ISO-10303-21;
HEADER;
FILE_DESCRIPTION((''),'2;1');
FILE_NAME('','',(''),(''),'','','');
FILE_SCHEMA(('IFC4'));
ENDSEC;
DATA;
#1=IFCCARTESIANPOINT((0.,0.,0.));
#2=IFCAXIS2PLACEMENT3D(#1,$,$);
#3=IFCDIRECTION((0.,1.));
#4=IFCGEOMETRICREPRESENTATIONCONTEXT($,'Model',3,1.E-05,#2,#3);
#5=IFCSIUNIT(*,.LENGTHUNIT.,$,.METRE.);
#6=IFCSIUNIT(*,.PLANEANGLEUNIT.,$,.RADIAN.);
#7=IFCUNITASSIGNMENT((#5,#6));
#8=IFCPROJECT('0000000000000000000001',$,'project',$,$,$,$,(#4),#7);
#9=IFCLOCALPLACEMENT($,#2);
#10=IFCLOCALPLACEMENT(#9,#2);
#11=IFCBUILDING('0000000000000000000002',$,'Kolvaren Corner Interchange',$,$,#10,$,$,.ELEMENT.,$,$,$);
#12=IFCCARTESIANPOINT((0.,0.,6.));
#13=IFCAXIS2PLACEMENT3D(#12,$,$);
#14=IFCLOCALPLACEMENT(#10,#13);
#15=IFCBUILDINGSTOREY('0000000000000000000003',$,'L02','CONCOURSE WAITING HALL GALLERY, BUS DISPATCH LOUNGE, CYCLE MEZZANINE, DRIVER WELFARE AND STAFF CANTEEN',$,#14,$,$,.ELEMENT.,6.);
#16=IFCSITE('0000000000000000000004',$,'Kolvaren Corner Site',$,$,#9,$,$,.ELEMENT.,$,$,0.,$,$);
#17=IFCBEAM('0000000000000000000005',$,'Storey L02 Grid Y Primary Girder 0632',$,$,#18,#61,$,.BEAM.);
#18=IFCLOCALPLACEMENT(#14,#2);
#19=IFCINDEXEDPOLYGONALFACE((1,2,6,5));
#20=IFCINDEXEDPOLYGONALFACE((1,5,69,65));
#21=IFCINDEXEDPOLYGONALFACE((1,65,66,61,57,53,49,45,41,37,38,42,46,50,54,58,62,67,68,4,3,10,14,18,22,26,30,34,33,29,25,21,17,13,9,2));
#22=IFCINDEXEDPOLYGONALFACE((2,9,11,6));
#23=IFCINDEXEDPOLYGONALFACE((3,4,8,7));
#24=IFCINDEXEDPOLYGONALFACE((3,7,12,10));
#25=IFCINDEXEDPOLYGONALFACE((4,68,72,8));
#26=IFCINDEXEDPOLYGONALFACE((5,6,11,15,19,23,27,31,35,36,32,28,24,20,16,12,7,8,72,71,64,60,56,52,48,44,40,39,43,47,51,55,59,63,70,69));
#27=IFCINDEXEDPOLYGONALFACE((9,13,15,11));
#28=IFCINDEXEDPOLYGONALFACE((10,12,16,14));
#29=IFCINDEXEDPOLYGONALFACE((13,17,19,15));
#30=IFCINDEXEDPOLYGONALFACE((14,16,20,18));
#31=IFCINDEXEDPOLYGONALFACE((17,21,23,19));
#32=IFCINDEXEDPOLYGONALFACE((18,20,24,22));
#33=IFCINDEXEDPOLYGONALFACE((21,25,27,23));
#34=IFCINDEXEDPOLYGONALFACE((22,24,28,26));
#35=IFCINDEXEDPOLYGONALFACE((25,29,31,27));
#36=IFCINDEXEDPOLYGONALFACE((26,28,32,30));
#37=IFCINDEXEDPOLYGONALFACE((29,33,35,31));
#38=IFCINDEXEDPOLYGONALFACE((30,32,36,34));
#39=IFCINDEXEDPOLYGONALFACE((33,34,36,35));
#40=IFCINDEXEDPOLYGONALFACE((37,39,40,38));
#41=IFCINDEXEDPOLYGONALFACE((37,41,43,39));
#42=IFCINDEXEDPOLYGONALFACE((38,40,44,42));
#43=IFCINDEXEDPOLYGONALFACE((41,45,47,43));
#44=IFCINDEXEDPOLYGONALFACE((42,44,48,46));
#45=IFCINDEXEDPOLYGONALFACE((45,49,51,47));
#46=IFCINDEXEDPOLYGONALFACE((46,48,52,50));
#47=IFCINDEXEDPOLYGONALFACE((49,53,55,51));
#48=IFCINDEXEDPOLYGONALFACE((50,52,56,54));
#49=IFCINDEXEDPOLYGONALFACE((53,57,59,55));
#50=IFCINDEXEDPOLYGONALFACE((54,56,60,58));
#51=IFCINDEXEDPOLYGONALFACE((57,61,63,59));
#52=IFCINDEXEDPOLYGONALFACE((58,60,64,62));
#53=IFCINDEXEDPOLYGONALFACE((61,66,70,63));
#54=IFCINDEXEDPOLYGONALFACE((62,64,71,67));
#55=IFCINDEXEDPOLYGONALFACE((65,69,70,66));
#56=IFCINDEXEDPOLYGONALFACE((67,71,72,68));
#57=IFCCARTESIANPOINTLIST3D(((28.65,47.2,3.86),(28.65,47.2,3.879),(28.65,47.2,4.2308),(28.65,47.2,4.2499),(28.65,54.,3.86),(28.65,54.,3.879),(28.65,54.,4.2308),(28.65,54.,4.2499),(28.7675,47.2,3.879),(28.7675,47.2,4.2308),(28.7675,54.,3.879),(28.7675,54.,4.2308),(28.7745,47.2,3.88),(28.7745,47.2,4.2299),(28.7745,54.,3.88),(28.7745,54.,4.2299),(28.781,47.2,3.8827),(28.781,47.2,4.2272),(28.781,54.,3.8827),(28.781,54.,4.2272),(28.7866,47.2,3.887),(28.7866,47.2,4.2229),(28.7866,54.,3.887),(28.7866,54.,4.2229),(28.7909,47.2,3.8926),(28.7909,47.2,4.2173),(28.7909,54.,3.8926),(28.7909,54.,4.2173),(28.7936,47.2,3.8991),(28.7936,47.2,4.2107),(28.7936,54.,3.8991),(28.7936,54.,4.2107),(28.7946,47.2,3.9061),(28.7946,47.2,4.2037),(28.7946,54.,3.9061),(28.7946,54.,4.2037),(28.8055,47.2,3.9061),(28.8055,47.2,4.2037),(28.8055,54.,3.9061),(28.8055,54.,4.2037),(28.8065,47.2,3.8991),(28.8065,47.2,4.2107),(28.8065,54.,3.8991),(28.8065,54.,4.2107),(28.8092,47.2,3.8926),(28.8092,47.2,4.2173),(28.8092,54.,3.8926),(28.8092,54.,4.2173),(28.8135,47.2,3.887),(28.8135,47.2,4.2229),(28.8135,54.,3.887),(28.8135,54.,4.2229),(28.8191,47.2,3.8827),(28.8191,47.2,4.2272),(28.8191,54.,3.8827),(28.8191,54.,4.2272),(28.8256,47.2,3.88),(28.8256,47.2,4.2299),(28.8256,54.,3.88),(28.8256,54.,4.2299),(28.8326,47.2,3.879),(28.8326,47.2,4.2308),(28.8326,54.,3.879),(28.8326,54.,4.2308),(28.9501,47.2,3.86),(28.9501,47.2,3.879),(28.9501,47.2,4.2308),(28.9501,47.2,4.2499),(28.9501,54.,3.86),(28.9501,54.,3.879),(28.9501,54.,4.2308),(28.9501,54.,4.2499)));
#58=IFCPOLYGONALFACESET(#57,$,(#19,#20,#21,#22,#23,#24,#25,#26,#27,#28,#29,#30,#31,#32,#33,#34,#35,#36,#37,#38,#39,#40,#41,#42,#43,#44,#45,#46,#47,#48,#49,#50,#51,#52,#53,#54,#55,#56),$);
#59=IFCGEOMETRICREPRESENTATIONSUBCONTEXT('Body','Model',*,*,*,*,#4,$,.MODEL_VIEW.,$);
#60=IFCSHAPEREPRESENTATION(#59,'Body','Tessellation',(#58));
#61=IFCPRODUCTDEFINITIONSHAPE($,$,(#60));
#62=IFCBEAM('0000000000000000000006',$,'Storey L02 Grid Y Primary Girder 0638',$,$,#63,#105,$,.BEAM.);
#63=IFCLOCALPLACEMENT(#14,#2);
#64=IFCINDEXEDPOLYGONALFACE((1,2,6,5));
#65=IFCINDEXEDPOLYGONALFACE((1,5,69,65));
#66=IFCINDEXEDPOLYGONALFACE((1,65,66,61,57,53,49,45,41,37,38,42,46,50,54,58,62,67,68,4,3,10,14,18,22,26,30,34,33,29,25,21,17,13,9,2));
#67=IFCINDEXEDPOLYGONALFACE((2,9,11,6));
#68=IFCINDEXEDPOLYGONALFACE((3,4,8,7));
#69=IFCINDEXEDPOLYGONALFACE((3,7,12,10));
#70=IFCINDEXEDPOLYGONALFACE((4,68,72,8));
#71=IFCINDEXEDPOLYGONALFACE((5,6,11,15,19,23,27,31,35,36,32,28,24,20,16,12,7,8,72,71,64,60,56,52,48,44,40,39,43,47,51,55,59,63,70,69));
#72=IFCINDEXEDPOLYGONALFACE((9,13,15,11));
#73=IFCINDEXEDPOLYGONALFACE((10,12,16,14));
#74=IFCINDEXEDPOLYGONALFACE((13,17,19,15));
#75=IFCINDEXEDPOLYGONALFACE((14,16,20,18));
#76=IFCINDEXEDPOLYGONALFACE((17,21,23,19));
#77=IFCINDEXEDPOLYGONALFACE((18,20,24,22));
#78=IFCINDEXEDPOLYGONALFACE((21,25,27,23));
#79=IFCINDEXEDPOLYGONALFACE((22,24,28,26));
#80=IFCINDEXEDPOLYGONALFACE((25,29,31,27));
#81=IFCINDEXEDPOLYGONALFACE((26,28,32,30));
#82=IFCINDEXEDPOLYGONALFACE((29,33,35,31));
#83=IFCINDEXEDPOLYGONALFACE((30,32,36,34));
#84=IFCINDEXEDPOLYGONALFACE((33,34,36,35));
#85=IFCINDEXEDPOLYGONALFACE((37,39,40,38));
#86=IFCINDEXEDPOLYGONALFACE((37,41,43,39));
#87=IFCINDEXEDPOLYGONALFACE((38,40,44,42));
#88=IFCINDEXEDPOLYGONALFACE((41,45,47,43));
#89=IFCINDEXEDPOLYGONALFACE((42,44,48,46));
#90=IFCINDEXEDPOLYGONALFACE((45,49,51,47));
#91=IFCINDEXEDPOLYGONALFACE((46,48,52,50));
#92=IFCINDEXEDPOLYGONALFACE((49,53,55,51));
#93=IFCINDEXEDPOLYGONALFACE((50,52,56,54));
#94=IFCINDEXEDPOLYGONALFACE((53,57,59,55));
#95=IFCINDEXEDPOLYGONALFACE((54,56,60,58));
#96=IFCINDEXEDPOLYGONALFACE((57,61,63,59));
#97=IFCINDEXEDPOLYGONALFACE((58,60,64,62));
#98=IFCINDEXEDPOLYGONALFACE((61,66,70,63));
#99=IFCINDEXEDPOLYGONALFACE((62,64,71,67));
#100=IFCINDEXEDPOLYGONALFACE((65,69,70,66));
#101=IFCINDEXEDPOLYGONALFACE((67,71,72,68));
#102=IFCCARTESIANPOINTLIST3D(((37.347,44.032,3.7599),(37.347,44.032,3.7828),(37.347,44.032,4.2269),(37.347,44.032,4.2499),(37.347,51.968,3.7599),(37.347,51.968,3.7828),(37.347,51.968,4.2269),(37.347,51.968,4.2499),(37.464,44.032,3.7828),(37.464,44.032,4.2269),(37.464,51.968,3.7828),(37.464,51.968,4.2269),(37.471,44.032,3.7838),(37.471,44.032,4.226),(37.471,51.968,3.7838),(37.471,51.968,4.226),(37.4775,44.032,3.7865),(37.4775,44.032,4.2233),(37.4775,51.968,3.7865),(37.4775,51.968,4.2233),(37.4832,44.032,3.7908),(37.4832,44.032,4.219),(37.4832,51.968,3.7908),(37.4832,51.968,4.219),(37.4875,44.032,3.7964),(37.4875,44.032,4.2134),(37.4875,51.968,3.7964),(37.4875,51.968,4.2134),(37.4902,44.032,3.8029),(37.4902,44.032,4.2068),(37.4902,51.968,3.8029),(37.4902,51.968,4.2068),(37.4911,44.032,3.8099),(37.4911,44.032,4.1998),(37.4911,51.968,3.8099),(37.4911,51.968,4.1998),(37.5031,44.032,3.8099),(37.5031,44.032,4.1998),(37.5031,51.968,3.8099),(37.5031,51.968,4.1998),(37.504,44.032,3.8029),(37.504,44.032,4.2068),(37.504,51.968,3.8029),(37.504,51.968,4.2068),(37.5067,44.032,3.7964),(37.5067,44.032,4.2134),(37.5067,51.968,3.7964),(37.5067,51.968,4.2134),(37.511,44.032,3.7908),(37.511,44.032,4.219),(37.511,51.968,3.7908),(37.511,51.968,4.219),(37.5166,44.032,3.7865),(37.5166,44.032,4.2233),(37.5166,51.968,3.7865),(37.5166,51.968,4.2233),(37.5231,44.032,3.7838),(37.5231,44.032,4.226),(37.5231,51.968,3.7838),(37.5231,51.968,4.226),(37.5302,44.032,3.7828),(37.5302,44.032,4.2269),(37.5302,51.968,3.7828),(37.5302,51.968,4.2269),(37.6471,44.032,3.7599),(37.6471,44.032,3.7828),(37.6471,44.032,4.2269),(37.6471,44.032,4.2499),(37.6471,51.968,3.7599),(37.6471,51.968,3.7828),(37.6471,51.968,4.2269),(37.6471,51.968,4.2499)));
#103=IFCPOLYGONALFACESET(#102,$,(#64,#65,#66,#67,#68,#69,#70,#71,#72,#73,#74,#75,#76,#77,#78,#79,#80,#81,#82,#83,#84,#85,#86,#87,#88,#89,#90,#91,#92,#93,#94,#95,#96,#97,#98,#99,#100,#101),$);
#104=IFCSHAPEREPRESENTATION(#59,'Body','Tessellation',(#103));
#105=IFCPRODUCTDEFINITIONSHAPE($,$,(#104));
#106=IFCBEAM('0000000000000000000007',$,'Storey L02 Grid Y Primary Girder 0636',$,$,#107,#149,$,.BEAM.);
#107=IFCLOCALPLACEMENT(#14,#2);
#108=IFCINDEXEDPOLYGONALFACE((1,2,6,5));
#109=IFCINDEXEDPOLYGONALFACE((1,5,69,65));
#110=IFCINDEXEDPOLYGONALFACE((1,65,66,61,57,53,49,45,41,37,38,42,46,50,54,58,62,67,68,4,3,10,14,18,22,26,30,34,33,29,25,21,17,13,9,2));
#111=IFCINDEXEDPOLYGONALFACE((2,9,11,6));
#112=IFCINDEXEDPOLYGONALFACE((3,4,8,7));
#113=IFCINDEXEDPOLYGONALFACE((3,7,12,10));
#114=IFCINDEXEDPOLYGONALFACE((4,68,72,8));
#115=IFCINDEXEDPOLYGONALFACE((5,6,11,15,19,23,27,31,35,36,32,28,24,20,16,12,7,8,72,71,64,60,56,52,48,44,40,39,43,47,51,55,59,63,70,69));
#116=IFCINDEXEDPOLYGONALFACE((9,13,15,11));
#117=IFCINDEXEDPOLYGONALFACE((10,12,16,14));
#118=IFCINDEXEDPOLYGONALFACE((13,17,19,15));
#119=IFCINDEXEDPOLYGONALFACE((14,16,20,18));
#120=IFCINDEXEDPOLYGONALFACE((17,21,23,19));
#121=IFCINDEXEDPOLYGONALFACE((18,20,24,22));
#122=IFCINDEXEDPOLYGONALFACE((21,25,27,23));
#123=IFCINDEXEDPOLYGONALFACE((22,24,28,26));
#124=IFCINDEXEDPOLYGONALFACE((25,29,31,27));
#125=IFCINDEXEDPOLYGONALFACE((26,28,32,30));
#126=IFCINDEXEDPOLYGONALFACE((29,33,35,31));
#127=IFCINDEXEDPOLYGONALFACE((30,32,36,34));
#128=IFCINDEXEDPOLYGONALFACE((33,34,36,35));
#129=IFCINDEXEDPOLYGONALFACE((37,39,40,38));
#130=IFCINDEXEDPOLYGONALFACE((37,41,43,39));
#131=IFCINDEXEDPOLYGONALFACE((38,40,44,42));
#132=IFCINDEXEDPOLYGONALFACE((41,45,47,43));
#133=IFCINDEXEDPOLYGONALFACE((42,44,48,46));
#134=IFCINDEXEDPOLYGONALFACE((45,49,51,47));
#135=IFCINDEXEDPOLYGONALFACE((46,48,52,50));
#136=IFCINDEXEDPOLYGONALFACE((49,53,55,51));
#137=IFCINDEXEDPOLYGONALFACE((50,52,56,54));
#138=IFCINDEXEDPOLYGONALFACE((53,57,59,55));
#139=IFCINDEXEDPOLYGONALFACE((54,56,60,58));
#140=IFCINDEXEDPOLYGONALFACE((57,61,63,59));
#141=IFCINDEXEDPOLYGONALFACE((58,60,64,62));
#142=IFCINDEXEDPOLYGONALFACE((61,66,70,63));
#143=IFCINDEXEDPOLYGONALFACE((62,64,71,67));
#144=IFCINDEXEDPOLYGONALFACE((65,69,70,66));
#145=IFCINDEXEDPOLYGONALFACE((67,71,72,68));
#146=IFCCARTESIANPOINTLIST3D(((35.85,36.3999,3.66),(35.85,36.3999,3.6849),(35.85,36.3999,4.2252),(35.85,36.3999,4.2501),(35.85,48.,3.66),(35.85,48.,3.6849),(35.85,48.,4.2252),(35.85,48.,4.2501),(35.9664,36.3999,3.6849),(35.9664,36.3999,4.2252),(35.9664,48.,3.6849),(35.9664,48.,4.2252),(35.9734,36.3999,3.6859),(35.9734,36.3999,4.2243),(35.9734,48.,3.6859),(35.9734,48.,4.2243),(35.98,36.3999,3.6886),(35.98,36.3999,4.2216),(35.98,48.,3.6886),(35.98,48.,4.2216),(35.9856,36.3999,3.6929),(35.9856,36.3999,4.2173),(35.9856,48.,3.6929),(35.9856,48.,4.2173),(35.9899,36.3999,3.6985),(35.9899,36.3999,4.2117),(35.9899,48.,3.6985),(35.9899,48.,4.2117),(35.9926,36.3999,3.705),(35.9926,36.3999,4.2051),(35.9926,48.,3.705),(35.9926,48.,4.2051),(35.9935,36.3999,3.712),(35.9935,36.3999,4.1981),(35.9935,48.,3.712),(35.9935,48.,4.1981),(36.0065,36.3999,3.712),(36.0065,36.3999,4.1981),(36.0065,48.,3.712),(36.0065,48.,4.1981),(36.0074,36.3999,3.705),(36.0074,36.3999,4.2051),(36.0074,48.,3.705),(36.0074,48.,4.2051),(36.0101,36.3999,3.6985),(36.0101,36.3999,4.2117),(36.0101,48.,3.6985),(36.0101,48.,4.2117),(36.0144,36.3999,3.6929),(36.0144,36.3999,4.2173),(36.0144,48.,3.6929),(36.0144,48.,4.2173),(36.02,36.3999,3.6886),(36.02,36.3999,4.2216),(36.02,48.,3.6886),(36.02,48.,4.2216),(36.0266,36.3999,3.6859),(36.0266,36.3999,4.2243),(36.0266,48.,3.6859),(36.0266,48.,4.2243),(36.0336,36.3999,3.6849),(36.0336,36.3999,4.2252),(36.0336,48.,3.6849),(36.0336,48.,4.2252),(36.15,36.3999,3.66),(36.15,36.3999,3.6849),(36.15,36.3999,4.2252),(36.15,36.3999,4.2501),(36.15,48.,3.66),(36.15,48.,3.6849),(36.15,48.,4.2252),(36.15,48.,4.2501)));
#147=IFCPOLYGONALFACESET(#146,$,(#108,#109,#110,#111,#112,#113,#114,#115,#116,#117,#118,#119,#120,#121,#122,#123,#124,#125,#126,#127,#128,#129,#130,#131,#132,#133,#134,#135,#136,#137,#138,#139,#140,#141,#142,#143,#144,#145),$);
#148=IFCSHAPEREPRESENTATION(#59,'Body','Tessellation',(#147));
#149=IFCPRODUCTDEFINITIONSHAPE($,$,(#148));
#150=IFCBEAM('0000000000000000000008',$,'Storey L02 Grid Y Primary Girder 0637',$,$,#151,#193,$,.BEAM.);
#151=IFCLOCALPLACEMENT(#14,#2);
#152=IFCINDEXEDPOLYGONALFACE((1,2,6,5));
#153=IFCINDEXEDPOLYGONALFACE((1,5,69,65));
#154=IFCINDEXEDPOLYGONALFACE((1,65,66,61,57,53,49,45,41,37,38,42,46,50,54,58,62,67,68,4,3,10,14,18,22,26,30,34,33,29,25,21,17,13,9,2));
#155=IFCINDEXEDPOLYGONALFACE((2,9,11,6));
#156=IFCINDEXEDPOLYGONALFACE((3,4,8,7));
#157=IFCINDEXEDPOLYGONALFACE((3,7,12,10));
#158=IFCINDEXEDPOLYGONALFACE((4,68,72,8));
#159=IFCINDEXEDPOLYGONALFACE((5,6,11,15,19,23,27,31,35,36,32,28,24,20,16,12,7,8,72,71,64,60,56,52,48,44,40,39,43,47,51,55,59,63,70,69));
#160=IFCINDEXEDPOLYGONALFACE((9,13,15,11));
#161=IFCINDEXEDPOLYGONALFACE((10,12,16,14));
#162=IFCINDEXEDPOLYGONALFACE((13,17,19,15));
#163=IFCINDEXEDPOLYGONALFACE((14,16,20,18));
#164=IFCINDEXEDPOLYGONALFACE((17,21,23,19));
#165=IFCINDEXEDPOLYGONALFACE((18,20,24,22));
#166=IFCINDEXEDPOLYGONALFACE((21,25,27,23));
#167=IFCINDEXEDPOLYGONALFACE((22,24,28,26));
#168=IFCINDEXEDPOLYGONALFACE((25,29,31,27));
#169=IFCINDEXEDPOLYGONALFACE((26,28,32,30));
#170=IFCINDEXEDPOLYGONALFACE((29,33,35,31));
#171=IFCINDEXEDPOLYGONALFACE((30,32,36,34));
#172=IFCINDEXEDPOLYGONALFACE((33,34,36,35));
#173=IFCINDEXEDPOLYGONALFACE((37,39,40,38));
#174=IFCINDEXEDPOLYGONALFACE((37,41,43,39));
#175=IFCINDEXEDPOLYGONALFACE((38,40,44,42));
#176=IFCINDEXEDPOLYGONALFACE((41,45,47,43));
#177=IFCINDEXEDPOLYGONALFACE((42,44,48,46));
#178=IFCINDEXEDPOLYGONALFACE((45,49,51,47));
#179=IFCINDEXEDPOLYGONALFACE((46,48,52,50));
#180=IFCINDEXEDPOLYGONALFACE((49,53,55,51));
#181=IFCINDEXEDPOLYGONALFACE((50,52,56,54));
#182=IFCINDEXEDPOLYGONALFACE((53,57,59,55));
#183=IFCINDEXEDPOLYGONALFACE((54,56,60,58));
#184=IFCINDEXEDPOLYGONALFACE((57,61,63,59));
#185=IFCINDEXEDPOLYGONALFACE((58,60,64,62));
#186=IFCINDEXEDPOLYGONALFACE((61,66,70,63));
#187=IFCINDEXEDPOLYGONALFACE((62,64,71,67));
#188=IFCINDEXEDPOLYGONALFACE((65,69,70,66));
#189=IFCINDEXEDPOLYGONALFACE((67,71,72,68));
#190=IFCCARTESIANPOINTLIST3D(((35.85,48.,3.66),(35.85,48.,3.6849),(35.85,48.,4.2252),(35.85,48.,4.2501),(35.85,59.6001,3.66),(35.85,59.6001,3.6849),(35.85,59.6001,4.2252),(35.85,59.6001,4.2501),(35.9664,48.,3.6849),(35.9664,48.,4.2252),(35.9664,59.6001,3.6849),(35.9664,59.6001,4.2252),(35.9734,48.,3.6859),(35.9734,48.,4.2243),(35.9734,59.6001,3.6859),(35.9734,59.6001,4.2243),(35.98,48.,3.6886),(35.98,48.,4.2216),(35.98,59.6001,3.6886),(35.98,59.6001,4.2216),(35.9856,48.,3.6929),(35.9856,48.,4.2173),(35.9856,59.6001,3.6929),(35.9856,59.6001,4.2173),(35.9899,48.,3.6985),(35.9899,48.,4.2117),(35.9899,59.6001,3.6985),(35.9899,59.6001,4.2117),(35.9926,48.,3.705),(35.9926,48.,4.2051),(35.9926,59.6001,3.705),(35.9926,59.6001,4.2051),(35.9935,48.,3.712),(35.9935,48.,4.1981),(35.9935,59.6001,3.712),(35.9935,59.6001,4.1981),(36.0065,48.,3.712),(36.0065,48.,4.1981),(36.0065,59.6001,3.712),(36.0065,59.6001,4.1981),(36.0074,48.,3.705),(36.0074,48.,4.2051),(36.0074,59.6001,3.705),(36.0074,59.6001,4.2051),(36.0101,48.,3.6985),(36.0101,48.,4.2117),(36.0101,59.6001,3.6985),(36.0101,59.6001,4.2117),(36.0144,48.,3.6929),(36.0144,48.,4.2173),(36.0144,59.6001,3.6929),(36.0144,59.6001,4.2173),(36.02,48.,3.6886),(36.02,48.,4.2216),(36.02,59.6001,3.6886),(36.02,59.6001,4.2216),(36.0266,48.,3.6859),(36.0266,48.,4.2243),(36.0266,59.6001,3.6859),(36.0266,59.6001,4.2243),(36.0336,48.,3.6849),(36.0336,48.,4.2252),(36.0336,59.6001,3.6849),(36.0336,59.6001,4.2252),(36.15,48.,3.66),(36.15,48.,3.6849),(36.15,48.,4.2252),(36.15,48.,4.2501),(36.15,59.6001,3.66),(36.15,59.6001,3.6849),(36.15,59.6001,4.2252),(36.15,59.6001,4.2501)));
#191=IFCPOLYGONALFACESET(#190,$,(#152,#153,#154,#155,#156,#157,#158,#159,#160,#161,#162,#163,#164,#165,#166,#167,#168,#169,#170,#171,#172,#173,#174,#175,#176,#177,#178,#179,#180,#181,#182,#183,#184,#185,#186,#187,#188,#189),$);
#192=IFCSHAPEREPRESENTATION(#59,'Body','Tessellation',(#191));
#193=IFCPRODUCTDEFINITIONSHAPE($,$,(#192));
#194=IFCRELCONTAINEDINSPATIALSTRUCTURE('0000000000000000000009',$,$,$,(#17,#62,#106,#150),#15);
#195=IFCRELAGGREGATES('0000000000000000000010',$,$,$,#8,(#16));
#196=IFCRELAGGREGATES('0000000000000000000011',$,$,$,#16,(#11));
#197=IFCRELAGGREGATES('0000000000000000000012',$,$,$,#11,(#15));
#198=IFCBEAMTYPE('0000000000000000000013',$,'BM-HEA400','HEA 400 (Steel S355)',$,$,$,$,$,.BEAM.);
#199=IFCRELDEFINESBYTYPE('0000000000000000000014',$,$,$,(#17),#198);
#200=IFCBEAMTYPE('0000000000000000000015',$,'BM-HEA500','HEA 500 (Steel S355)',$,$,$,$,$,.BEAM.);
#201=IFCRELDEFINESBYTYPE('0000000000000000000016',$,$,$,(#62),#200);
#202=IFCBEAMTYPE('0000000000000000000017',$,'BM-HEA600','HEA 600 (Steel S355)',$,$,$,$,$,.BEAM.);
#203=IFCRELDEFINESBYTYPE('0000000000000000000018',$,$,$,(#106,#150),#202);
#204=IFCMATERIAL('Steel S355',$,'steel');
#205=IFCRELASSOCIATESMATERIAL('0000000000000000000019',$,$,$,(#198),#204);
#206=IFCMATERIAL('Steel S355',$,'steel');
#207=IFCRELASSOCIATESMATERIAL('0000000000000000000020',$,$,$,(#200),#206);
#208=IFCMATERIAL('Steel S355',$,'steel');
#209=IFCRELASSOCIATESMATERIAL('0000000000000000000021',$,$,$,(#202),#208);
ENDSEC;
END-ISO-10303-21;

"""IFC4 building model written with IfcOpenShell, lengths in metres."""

from ifc_helpers import new_model, si_unit, direction, frame, origin, origin_2d, place, context, subcontext, project, spatial, i_section, extrude, material, material_profile, profile_set, type_object, element, save


model = new_model("IFC4")

# Units and contexts
model_context = context("Model", 3, precision=1e-05, world=origin(), true_north=direction((0.0, 1.0)))
body_context = subcontext(model_context, "Body", "Model", "MODEL_VIEW")
ifc_project = project(units=[si_unit("LENGTHUNIT", "METRE"), si_unit("PLANEANGLEUNIT", "RADIAN")], contexts=[model_context])

# Site, building, storey
site_placement = place(None, origin())
site = spatial("IfcSite", under=ifc_project, at=site_placement, Name="Kolvaren Corner Site", CompositionType="ELEMENT", RefElevation=0.0)
building_placement = place(site_placement, origin())
building = spatial("IfcBuilding", under=site, at=building_placement, Name="Kolvaren Corner Interchange", CompositionType="ELEMENT")
storey_placement = place(building_placement, frame((0.0, 0.0, 6.0)))
storey = spatial("IfcBuildingStorey", under=building, at=storey_placement, Name="L02", Description="CONCOURSE WAITING HALL GALLERY, BUS DISPATCH LOUNGE, CYCLE MEZZANINE, DRIVER WELFARE AND STAFF CANTEEN", CompositionType="ELEMENT", Elevation=6.0)

# Beams
ifc_material_1 = material(Name="Steel S355", Category="steel")
ifc_material_profile_1 = material_profile(ifc_material_1, i_section(OverallWidth=0.3, OverallDepth=0.3899, WebThickness=0.011, FlangeThickness=0.019, FilletRadius=0.0271, at=origin_2d()), Name="HEA 400")
ifc_profile_set_1 = profile_set([ifc_material_profile_1], Name="Steel S355")
beam_type_1 = type_object("IfcBeamType", Name="BM-HEA400", Description="HEA 400 (Steel S355)", PredefinedType="BEAM", material=ifc_profile_set_1)
beam_1_placement = place(storey_placement, frame((28.8, 47.2, 4.0549), z_axis=(0.0, 1.0, 0.0), x_axis=(-1.0, 0.0, 0.0)))
element("IfcBeam", 1, at=beam_1_placement, inside=storey, type_object=beam_type_1, Name="Storey L02 Grid Y Primary Girder 0632", PredefinedType="BEAM", context=body_context, shape_type="SweptSolid", body=[
    extrude(i_section(OverallWidth=0.3, OverallDepth=0.3899, WebThickness=0.011, FlangeThickness=0.019, FilletRadius=0.0271, at=origin_2d()), origin(), (0.0, 0.0, 1.0), 6.8),
])
ifc_material_2 = material(Name="Steel S355", Category="steel")
ifc_material_profile_2 = material_profile(ifc_material_2, i_section(OverallWidth=0.3, OverallDepth=0.49, WebThickness=0.012, FlangeThickness=0.0229, FilletRadius=0.0271, at=origin_2d()), Name="HEA 500")
ifc_profile_set_2 = profile_set([ifc_material_profile_2], Name="Steel S355")
beam_type_2 = type_object("IfcBeamType", Name="BM-HEA500", Description="HEA 500 (Steel S355)", PredefinedType="BEAM", material=ifc_profile_set_2)
beam_2_placement = place(storey_placement, frame((37.4971, 44.032, 4.0049), z_axis=(0.0, 1.0, 0.0), x_axis=(-1.0, 0.0, 0.0)))
element("IfcBeam", 2, at=beam_2_placement, inside=storey, type_object=beam_type_2, Name="Storey L02 Grid Y Primary Girder 0638", PredefinedType="BEAM", context=body_context, shape_type="SweptSolid", body=[
    extrude(i_section(OverallWidth=0.3, OverallDepth=0.49, WebThickness=0.012, FlangeThickness=0.0229, FilletRadius=0.0271, at=origin_2d()), origin(), (0.0, 0.0, 1.0), 7.936),
])
ifc_material_3 = material(Name="Steel S355", Category="steel")
ifc_material_profile_3 = material_profile(ifc_material_3, i_section(OverallWidth=0.3, OverallDepth=0.5901, WebThickness=0.0129, FlangeThickness=0.0249, FilletRadius=0.0271, at=origin_2d()), Name="HEA 600")
ifc_profile_set_3 = profile_set([ifc_material_profile_3], Name="Steel S355")
beam_type_3 = type_object("IfcBeamType", Name="BM-HEA600", Description="HEA 600 (Steel S355)", PredefinedType="BEAM", material=ifc_profile_set_3)
for number, where, z_axis, x_axis, name in (
    (3, (36.0, 36.3999, 3.9551), (0.0, 1.0, 0.0), (-1.0, 0.0, 0.0), "Storey L02 Grid Y Primary Girder 0636"),
    (4, (36.0, 48.0, 3.9551), (0.0, 1.0, 0.0), (-1.0, 0.0, 0.0), "Storey L02 Grid Y Primary Girder 0637"),
):
    element("IfcBeam", number, at=place(storey_placement, frame(where, z_axis=z_axis, x_axis=x_axis)), inside=storey, type_object=beam_type_3, Name=name, PredefinedType="BEAM", context=body_context, shape_type="SweptSolid", body=[
        extrude(i_section(OverallWidth=0.3, OverallDepth=0.5901, WebThickness=0.0129, FlangeThickness=0.0249, FilletRadius=0.0271, at=origin_2d()), origin(), (0.0, 0.0, 1.0), 11.6001),
    ])

save(model, "model.ifc")
